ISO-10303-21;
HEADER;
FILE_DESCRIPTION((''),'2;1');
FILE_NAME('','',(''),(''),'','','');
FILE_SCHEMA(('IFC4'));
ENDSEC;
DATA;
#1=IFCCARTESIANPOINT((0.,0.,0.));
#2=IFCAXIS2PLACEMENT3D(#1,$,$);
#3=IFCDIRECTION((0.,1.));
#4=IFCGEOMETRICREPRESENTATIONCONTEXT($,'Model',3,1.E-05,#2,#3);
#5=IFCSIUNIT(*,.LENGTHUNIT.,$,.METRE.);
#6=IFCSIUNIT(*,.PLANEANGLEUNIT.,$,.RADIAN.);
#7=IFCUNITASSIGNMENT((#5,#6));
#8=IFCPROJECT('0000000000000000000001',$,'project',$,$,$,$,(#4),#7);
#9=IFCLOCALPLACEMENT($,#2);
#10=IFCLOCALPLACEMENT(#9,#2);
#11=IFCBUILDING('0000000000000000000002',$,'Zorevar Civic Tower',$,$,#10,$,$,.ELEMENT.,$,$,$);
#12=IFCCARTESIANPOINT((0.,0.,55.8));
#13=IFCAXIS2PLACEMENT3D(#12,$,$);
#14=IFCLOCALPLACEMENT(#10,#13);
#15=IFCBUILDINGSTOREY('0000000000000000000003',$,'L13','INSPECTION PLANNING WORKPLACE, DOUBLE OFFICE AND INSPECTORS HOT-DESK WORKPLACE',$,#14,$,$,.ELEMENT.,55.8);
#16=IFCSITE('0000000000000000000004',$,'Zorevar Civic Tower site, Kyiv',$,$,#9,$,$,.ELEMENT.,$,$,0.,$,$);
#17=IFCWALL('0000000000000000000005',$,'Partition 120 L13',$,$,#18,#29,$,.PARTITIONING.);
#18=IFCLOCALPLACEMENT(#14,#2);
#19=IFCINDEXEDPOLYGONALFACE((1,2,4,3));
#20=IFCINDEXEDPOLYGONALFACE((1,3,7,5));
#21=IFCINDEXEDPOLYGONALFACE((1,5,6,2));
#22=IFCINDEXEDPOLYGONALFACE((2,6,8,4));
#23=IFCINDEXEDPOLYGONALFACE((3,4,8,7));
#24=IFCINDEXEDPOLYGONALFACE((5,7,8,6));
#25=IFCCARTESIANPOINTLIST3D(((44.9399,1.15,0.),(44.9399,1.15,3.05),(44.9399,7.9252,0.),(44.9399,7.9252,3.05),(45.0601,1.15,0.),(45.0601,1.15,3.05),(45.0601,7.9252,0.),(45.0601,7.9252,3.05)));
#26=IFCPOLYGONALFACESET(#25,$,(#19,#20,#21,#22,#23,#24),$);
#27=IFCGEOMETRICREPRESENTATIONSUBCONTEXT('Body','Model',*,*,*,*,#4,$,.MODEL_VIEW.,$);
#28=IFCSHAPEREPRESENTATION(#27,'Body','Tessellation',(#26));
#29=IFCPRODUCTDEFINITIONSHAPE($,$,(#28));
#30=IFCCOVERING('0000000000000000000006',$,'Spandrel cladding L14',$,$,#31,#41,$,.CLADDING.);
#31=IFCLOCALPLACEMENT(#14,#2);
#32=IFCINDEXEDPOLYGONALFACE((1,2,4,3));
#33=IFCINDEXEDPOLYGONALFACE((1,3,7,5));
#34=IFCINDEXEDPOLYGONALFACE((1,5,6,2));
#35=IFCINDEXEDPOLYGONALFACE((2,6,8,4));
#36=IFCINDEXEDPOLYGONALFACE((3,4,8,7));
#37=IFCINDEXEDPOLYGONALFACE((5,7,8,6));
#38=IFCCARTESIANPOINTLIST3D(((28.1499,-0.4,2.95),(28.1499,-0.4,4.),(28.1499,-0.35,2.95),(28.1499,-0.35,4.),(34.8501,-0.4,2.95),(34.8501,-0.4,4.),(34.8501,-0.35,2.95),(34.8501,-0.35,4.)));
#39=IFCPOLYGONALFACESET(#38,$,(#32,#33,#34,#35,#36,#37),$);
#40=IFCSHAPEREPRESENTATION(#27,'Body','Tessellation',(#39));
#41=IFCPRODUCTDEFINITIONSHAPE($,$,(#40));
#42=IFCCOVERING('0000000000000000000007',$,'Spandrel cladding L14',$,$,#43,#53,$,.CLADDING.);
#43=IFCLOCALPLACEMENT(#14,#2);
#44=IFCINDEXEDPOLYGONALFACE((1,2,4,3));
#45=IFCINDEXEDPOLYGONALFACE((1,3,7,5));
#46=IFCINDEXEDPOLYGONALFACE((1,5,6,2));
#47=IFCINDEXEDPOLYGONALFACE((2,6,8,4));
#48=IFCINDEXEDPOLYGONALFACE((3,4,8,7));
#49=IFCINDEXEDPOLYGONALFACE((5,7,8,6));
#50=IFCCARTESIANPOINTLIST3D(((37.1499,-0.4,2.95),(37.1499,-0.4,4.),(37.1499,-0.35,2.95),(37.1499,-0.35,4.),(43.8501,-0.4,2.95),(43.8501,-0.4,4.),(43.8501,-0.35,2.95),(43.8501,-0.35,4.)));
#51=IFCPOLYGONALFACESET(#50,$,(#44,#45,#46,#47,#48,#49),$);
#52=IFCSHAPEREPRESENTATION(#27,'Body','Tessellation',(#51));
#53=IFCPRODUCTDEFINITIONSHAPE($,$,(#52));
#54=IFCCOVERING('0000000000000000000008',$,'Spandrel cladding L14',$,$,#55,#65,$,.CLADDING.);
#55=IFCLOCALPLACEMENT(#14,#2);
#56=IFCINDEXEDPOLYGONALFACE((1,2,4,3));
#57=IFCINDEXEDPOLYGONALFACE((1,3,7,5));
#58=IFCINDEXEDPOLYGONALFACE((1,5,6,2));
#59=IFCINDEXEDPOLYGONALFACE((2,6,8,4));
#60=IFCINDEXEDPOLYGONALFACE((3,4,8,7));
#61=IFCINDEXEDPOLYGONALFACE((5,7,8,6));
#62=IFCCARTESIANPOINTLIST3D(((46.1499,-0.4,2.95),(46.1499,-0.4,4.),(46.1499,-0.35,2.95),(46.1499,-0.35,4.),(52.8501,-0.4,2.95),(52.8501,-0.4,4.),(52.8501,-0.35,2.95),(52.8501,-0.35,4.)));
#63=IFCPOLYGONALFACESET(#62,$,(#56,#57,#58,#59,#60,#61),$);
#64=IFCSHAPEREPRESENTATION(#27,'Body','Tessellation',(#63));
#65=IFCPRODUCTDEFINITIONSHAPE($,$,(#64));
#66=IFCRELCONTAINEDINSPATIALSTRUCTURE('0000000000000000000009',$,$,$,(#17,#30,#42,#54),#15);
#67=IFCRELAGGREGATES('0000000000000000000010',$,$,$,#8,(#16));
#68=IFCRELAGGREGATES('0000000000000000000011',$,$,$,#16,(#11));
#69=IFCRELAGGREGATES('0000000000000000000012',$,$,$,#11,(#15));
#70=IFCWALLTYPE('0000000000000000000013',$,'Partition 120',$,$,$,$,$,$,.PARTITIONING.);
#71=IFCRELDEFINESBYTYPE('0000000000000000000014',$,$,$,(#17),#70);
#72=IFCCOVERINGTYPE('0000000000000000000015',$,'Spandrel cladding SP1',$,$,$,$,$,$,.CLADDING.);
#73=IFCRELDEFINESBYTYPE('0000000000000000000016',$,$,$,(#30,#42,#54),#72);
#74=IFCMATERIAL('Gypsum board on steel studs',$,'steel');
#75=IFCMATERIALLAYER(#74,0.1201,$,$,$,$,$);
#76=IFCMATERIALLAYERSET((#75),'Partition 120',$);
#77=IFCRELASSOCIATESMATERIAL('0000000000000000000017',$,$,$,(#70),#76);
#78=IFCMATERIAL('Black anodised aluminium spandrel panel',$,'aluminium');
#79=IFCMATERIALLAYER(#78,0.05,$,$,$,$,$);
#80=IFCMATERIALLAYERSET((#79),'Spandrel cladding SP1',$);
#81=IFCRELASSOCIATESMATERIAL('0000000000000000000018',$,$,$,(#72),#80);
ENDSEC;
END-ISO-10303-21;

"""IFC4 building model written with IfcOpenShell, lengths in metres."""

from ifc_helpers import new_model, si_unit, direction, frame, frame_2d, origin, place, context, subcontext, project, spatial, rectangle, extrude, material, layer, layer_set, type_object, element, save


model = new_model("IFC4")

# Units and contexts
model_context = context("Model", 3, precision=1e-05, world=origin(), true_north=direction((0.0, 1.0)))
body_context = subcontext(model_context, "Body", "Model", "MODEL_VIEW")
ifc_project = project(units=[si_unit("LENGTHUNIT", "METRE"), si_unit("PLANEANGLEUNIT", "RADIAN")], contexts=[model_context])

# Site, building, storey
site_placement = place(None, origin())
site = spatial("IfcSite", under=ifc_project, at=site_placement, Name="Zorevar Civic Tower site, Kyiv", CompositionType="ELEMENT", RefElevation=0.0)
building_placement = place(site_placement, origin())
building = spatial("IfcBuilding", under=site, at=building_placement, Name="Zorevar Civic Tower", CompositionType="ELEMENT")
storey_placement = place(building_placement, frame((0.0, 0.0, 55.8)))
storey = spatial("IfcBuildingStorey", under=building, at=storey_placement, Name="L13", Description="INSPECTION PLANNING WORKPLACE, DOUBLE OFFICE AND INSPECTORS HOT-DESK WORKPLACE", CompositionType="ELEMENT", Elevation=55.8)

# Wall
ifc_material_1 = material(Name="Gypsum board on steel studs", Category="steel")
ifc_layer_1 = layer(ifc_material_1, 0.1201)
ifc_layer_set_1 = layer_set([ifc_layer_1], Name="Partition 120")
wall_type = type_object("IfcWallType", Name="Partition 120", PredefinedType="PARTITIONING", material=ifc_layer_set_1)
for number, where, z_axis, x_axis, name in (
    (1, (45.0, 1.1499, 0.0), (0.0, 0.0, 1.0), (0.0, 1.0, 0.0), "Partition 120 L13"),
):
    element("IfcWall", number, at=place(storey_placement, frame(where, z_axis=z_axis, x_axis=x_axis)), inside=storey, type_object=wall_type, Name=name, PredefinedType="PARTITIONING", context=body_context, shape_type="SweptSolid", body=[
        extrude(rectangle(XDim=6.7751, YDim=0.1201, at=frame_2d((3.3877, 0.0))), origin(), (0.0, 0.0, 1.0), 3.05),
    ])

# Coverings
ifc_material_2 = material(Name="Black anodised aluminium spandrel panel", Category="aluminium")
ifc_layer_2 = layer(ifc_material_2, 0.05)
ifc_layer_set_2 = layer_set([ifc_layer_2], Name="Spandrel cladding SP1")
covering_type = type_object("IfcCoveringType", Name="Spandrel cladding SP1", PredefinedType="CLADDING", material=ifc_layer_set_2)
for number, where, z_axis, x_axis, name in (
    (2, (28.1499, -0.375, 2.95), (0.0, 0.0, 1.0), (1.0, 0.0, 0.0), "Spandrel cladding L14"),
    (3, (37.1499, -0.375, 2.95), (0.0, 0.0, 1.0), (1.0, 0.0, 0.0), "Spandrel cladding L14"),
    (4, (46.1499, -0.375, 2.95), (0.0, 0.0, 1.0), (1.0, 0.0, 0.0), "Spandrel cladding L14"),
):
    element("IfcCovering", number, at=place(storey_placement, frame(where, z_axis=z_axis, x_axis=x_axis)), inside=storey, type_object=covering_type, Name=name, PredefinedType="CLADDING", context=body_context, shape_type="SweptSolid", body=[
        extrude(rectangle(XDim=6.7002, YDim=0.05, at=frame_2d((3.3501, 0.0))), origin(), (0.0, 0.0, 1.0), 1.05),
    ])

save(model, "model.ifc")
